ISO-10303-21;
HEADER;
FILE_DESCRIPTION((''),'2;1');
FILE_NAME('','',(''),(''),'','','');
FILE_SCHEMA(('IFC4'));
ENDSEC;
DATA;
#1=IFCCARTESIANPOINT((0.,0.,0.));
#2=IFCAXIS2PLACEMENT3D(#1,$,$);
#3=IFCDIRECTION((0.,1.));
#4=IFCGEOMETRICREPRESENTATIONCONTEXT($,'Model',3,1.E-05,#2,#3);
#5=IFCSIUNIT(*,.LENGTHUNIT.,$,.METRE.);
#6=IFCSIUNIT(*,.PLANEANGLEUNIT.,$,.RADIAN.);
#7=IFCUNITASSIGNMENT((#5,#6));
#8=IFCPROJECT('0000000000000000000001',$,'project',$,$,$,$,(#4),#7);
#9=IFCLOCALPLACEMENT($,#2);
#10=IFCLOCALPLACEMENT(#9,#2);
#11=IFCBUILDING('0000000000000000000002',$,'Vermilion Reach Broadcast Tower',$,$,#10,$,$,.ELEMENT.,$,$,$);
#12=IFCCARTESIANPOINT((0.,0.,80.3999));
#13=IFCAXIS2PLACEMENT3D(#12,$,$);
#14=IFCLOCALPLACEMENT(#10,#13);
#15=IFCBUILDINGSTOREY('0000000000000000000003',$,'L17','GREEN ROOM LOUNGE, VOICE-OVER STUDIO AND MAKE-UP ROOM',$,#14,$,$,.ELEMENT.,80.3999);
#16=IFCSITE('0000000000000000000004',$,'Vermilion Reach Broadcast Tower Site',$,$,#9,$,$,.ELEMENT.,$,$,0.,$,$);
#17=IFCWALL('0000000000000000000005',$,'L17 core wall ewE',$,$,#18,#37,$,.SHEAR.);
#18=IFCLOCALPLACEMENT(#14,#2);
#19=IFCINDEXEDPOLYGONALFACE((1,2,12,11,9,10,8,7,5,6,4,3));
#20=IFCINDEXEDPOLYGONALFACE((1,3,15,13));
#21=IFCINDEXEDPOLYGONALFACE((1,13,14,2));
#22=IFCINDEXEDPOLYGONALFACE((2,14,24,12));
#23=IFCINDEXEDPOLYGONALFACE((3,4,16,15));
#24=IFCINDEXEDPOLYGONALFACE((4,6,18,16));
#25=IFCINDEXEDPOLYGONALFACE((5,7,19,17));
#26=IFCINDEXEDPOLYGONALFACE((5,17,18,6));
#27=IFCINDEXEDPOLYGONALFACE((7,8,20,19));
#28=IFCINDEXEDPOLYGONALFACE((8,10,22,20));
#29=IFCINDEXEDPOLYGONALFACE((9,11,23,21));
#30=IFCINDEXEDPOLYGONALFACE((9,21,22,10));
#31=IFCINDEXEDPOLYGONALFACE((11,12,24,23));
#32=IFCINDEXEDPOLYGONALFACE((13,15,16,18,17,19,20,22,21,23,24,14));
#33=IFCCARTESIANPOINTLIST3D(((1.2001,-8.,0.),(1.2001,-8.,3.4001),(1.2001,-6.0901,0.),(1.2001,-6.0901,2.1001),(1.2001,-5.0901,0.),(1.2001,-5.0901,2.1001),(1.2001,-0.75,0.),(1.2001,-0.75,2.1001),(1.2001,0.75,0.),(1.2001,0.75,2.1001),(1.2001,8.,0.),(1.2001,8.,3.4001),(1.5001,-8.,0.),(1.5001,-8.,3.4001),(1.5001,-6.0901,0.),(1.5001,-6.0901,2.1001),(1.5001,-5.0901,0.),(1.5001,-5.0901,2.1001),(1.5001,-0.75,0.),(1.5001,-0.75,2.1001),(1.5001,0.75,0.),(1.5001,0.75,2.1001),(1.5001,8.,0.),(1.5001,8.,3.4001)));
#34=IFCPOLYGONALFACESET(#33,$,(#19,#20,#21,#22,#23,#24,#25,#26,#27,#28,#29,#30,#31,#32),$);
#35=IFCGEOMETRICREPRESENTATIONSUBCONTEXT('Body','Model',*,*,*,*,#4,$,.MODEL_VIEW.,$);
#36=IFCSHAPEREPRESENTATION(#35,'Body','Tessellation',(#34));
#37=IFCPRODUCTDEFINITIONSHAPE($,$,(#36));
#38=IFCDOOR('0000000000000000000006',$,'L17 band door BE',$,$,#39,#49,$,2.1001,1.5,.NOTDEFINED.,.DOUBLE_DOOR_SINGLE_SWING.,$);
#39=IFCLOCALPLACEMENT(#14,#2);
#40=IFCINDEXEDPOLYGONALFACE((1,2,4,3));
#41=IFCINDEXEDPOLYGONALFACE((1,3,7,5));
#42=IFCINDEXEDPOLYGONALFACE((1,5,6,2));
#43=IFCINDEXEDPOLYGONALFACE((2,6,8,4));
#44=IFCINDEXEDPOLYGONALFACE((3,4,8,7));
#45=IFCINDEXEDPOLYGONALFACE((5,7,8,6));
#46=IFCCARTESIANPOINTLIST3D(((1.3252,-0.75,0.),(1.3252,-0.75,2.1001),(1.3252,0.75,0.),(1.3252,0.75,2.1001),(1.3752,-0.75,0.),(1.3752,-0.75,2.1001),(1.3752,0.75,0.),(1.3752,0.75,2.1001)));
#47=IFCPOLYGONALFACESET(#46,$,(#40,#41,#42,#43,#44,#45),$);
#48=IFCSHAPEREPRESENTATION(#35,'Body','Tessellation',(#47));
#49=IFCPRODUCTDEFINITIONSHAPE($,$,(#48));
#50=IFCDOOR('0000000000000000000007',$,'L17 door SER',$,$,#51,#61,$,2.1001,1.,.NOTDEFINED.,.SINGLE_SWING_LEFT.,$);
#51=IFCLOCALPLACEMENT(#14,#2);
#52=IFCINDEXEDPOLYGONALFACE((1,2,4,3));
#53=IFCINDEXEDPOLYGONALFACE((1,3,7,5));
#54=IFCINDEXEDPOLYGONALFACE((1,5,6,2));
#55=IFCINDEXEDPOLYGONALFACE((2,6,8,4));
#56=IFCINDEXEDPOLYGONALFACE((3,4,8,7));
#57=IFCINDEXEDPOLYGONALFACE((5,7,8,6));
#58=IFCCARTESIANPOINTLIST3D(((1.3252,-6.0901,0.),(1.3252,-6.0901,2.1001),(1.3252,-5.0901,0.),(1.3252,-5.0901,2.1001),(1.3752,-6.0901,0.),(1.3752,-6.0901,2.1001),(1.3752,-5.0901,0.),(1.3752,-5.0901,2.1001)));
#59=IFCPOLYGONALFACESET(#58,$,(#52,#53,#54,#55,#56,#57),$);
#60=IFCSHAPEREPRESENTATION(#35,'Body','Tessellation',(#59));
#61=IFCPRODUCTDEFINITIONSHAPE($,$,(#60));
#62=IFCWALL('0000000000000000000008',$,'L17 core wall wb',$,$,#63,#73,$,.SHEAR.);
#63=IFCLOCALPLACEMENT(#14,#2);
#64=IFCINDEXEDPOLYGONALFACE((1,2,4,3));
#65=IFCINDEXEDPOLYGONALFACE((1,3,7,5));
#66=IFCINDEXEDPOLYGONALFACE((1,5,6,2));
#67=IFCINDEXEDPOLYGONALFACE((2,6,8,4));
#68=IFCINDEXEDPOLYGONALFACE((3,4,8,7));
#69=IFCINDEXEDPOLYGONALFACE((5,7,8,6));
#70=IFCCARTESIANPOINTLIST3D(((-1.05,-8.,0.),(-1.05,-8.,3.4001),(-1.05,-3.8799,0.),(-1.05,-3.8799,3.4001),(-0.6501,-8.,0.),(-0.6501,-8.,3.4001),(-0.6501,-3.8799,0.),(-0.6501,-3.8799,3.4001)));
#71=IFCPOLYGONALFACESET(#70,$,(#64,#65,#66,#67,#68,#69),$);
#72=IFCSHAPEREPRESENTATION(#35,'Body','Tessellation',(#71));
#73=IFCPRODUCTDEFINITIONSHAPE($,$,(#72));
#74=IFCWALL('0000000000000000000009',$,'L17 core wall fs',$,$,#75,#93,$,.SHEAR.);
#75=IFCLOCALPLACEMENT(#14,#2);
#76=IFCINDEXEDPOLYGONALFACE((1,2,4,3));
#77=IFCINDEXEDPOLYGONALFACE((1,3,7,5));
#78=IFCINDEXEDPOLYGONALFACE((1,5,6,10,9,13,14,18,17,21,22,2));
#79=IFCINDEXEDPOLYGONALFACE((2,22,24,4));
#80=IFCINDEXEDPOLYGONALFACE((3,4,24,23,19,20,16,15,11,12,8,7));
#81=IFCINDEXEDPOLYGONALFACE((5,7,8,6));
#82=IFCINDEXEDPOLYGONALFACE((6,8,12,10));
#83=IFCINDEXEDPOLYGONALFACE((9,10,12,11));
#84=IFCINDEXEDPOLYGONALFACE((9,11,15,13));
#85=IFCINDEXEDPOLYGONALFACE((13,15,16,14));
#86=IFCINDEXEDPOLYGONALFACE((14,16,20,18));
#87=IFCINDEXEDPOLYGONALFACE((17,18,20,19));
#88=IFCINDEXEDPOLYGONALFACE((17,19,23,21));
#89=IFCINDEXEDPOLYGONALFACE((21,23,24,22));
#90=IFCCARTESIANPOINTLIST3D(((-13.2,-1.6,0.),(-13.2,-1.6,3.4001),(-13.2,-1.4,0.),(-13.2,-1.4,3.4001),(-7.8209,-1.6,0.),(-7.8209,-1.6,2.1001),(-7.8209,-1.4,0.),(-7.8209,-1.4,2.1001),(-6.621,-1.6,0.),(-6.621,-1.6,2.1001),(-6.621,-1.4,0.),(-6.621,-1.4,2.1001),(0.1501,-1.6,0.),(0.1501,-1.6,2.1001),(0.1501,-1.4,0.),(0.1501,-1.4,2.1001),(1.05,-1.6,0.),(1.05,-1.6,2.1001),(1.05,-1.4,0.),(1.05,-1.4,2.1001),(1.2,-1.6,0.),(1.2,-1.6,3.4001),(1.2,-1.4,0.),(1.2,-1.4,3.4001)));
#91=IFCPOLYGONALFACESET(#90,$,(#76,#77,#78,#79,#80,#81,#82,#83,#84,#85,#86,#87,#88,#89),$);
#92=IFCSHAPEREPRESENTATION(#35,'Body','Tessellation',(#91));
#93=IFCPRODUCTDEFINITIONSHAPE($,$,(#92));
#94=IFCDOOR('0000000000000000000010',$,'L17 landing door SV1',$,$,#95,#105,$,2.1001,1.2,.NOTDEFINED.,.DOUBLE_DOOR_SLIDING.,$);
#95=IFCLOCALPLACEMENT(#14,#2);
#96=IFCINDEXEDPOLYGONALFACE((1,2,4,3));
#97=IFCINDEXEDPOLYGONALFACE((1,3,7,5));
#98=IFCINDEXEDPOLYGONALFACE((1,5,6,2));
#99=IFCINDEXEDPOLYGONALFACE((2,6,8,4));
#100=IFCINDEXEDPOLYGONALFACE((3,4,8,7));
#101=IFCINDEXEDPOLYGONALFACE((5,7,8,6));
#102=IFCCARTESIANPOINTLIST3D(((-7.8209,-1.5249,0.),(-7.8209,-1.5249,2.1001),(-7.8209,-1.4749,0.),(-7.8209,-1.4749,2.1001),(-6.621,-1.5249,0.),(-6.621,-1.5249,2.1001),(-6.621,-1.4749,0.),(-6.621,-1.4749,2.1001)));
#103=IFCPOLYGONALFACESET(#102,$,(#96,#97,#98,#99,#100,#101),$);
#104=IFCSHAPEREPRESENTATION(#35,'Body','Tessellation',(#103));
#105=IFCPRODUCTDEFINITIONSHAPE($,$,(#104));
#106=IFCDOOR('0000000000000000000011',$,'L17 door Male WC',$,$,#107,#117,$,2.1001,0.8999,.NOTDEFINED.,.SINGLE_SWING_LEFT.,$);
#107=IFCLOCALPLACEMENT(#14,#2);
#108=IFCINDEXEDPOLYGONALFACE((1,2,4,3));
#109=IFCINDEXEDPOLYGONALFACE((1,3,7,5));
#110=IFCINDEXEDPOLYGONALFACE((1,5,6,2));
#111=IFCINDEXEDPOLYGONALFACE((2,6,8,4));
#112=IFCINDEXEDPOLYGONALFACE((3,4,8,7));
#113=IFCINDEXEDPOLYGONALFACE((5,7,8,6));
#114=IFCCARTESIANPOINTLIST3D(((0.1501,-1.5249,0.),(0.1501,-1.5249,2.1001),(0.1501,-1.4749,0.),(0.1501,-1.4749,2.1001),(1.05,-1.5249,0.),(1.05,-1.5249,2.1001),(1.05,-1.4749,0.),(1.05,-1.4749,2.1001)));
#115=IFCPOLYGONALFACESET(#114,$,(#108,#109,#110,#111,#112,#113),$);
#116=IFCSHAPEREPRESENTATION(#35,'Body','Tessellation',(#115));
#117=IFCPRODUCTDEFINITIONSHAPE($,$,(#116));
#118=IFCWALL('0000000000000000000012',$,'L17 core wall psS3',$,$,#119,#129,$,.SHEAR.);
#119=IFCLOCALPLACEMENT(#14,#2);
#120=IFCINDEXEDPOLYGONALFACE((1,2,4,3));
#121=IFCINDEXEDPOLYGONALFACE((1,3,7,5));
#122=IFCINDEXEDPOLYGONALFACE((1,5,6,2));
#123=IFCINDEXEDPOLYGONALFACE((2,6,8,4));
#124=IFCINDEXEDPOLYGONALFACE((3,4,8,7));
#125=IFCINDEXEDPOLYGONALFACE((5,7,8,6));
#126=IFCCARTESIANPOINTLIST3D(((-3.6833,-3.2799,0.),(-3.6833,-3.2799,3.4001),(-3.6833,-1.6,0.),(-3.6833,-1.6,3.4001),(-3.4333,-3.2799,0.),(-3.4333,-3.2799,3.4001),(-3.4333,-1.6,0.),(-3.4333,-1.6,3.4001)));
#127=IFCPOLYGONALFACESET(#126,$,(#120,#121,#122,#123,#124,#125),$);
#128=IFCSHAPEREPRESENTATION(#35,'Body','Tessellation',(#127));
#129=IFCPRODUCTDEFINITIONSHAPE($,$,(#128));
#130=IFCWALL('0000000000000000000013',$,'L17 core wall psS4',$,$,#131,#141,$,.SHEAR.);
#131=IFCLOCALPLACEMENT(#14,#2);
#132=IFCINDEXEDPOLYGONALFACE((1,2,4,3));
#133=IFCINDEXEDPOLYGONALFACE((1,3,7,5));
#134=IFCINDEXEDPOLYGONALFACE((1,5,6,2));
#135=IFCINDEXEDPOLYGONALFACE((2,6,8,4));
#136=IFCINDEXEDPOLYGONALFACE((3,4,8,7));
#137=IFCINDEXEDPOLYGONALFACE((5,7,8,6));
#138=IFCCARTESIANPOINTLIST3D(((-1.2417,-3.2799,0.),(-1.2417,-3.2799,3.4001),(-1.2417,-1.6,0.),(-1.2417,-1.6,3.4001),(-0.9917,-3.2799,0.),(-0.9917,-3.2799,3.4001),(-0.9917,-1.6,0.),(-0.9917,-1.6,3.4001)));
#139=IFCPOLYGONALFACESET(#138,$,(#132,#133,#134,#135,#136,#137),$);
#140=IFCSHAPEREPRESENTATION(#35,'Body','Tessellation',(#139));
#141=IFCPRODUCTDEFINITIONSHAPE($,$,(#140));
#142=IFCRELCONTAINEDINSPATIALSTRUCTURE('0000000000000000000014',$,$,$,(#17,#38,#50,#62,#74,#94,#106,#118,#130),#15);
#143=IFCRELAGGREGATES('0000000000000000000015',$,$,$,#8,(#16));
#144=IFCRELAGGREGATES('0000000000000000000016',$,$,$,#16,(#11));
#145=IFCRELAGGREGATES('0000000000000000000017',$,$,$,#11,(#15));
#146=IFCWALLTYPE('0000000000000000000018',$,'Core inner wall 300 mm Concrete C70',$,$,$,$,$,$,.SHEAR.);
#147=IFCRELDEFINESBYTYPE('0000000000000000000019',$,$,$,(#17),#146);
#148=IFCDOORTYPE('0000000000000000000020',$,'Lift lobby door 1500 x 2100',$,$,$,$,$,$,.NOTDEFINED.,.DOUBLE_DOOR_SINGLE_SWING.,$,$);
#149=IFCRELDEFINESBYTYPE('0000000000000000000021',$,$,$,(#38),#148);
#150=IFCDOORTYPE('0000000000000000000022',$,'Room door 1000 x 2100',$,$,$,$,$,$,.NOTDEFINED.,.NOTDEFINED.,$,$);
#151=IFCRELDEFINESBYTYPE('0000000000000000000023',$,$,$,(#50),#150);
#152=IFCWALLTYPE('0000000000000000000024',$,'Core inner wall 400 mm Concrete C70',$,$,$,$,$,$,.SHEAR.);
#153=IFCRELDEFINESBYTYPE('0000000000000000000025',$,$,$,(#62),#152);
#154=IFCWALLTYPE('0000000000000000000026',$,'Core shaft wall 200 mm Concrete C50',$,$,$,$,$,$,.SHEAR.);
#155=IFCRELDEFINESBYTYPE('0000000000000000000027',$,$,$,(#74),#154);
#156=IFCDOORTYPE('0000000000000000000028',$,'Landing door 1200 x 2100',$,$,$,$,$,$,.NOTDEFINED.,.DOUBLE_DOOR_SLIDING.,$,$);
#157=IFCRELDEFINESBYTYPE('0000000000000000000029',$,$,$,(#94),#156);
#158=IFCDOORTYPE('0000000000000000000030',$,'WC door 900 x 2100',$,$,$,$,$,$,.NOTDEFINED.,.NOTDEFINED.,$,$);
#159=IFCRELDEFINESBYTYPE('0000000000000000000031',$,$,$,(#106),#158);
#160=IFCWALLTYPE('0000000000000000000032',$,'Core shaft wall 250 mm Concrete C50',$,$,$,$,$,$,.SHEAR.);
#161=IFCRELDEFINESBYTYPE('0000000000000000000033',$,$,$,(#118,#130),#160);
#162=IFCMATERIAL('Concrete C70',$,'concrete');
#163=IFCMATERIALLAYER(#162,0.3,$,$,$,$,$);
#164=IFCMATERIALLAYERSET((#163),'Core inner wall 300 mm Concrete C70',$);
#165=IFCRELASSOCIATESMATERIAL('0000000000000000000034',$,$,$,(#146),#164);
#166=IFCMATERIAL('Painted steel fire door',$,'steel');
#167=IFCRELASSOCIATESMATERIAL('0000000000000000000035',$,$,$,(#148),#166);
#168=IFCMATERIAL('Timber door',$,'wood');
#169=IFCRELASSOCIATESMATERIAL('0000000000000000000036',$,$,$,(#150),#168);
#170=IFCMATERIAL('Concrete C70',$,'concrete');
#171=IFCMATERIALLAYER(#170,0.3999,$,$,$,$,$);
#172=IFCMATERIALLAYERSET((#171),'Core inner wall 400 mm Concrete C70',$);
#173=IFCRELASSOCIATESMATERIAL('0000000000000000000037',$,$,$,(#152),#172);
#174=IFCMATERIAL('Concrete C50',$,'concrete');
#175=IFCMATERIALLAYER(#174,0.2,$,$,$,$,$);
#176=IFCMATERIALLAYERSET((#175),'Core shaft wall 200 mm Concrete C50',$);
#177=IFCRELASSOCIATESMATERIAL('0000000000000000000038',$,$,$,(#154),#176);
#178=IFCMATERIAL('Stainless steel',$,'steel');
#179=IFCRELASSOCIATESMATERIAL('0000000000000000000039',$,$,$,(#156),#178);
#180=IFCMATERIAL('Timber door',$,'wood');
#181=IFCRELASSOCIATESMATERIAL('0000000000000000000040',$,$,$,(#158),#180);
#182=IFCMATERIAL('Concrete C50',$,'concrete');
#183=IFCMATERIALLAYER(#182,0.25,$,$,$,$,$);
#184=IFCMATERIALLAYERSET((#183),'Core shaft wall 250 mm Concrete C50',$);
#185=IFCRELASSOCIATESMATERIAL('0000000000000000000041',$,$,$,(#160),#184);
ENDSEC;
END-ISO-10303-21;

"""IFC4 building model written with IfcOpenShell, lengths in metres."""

from ifc_helpers import new_model, si_unit, direction, frame, frame_2d, origin, place, context, subcontext, project, spatial, rectangle, extrude, material, layer, layer_set, type_object, element, fill, save


model = new_model("IFC4")

# Units and contexts
model_context = context("Model", 3, precision=1e-05, world=origin(), true_north=direction((0.0, 1.0)))
body_context = subcontext(model_context, "Body", "Model", "MODEL_VIEW")
ifc_project = project(units=[si_unit("LENGTHUNIT", "METRE"), si_unit("PLANEANGLEUNIT", "RADIAN")], contexts=[model_context])

# Site, building, storey
site_placement = place(None, origin())
site = spatial("IfcSite", under=ifc_project, at=site_placement, Name="Vermilion Reach Broadcast Tower Site", CompositionType="ELEMENT", RefElevation=0.0)
building_placement = place(site_placement, origin())
building = spatial("IfcBuilding", under=site, at=building_placement, Name="Vermilion Reach Broadcast Tower", CompositionType="ELEMENT")
storey_placement = place(building_placement, frame((0.0, 0.0, 80.3999)))
storey = spatial("IfcBuildingStorey", under=building, at=storey_placement, Name="L17", Description="GREEN ROOM LOUNGE, VOICE-OVER STUDIO AND MAKE-UP ROOM", CompositionType="ELEMENT", Elevation=80.3999)

# Wall, openings, doors
ifc_material_1 = material(Name="Concrete C70", Category="concrete")
ifc_layer_1 = layer(ifc_material_1, 0.3)
ifc_layer_set_1 = layer_set([ifc_layer_1], Name="Core inner wall 300 mm Concrete C70")
wall_type_1 = type_object("IfcWallType", Name="Core inner wall 300 mm Concrete C70", PredefinedType="SHEAR", material=ifc_layer_set_1)
wall_1_placement = place(storey_placement, frame((1.3501, -8.0, 0.0), z_axis=(0.0, 0.0, 1.0), x_axis=(0.0, 1.0, 0.0)))
wall_1 = element("IfcWall", 1, at=wall_1_placement, inside=storey, type_object=wall_type_1, Name="L17 core wall ewE", PredefinedType="SHEAR", context=body_context, shape_type="SweptSolid", body=[
    extrude(rectangle(XDim=16.0, YDim=0.3, at=frame_2d((8.0, 0.0))), origin(), (0.0, 0.0, 1.0), 3.4001),
])
opening_1_placement = place(wall_1_placement, frame((1.9099, 0.0, 0.0)))
opening_1 = element("IfcOpeningElement", 2, at=opening_1_placement, cuts=wall_1, PredefinedType="OPENING", context=body_context, shape_type="SweptSolid", body=[
    extrude(rectangle(XDim=1.0, YDim=2.1001, at=frame_2d((0.5, 1.05))), frame((0.0, 0.1599, 0.0), z_axis=(0.0, -1.0, 0.0), x_axis=(1.0, 0.0, 0.0)), (0.0, 0.0, 1.0), 0.3201),
])
opening_2_placement = place(wall_1_placement, frame((7.25, 0.0, 0.0)))
opening_2 = element("IfcOpeningElement", 3, at=opening_2_placement, cuts=wall_1, PredefinedType="OPENING", context=body_context, shape_type="SweptSolid", body=[
    extrude(rectangle(XDim=1.5, YDim=2.1001, at=frame_2d((0.75, 1.05))), frame((0.0, 0.1599, 0.0), z_axis=(0.0, -1.0, 0.0), x_axis=(1.0, 0.0, 0.0)), (0.0, 0.0, 1.0), 0.3201),
])
ifc_material_2 = material(Name="Painted steel fire door", Category="steel")
door_type_1 = type_object("IfcDoorType", Name="Lift lobby door 1500 x 2100", OperationType="DOUBLE_DOOR_SINGLE_SWING", PredefinedType="NOTDEFINED", material=ifc_material_2)
door_1_placement = place(opening_2_placement, origin())
door_1 = element("IfcDoor", 4, at=door_1_placement, inside=storey, type_object=door_type_1, Name="L17 band door BE", OperationType="DOUBLE_DOOR_SINGLE_SWING", OverallHeight=2.1001, OverallWidth=1.5, PredefinedType="NOTDEFINED", context=body_context, shape_type="SweptSolid", body=[
    extrude(rectangle(XDim=1.5, YDim=2.1001, at=frame_2d((0.75, 1.05))), frame((0.0, 0.0249, 0.0), z_axis=(0.0, -1.0, 0.0), x_axis=(1.0, 0.0, 0.0)), (0.0, 0.0, 1.0), 0.05),
])
fill(opening_2, door_1)
ifc_material_3 = material(Name="Timber door", Category="wood")
door_type_2 = type_object("IfcDoorType", Name="Room door 1000 x 2100", OperationType="NOTDEFINED", PredefinedType="NOTDEFINED", material=ifc_material_3)
door_2_placement = place(opening_1_placement, origin())
door_2 = element("IfcDoor", 5, at=door_2_placement, inside=storey, type_object=door_type_2, Name="L17 door SER", OperationType="SINGLE_SWING_LEFT", OverallHeight=2.1001, OverallWidth=1.0, PredefinedType="NOTDEFINED", context=body_context, shape_type="SweptSolid", body=[
    extrude(rectangle(XDim=1.0, YDim=2.1001, at=frame_2d((0.5, 1.05))), frame((0.0, 0.0249, 0.0), z_axis=(0.0, -1.0, 0.0), x_axis=(1.0, 0.0, 0.0)), (0.0, 0.0, 1.0), 0.05),
])
fill(opening_1, door_2)

# Wall
ifc_material_4 = material(Name="Concrete C70", Category="concrete")
ifc_layer_2 = layer(ifc_material_4, 0.3999)
ifc_layer_set_2 = layer_set([ifc_layer_2], Name="Core inner wall 400 mm Concrete C70")
wall_type_2 = type_object("IfcWallType", Name="Core inner wall 400 mm Concrete C70", PredefinedType="SHEAR", material=ifc_layer_set_2)
wall_2_placement = place(storey_placement, frame((-0.8501, -3.8799, 0.0), z_axis=(0.0, 0.0, 1.0), x_axis=(0.0, -1.0, 0.0)))
element("IfcWall", 6, at=wall_2_placement, inside=storey, type_object=wall_type_2, Name="L17 core wall wb", PredefinedType="SHEAR", context=body_context, shape_type="SweptSolid", body=[
    extrude(rectangle(XDim=4.1201, YDim=0.3999, at=frame_2d((2.0601, 0.0))), origin(), (0.0, 0.0, 1.0), 3.4001),
])

# Wall, openings, doors
ifc_material_5 = material(Name="Concrete C50", Category="concrete")
ifc_layer_3 = layer(ifc_material_5, 0.2)
ifc_layer_set_3 = layer_set([ifc_layer_3], Name="Core shaft wall 200 mm Concrete C50")
wall_type_3 = type_object("IfcWallType", Name="Core shaft wall 200 mm Concrete C50", PredefinedType="SHEAR", material=ifc_layer_set_3)
wall_3_placement = place(storey_placement, frame((1.2, -1.5, 0.0), z_axis=(0.0, 0.0, 1.0), x_axis=(-1.0, 0.0, 0.0)))
wall_3 = element("IfcWall", 7, at=wall_3_placement, inside=storey, type_object=wall_type_3, Name="L17 core wall fs", PredefinedType="SHEAR", context=body_context, shape_type="SweptSolid", body=[
    extrude(rectangle(XDim=14.3999, YDim=0.2, at=frame_2d((7.2, 0.0))), origin(), (0.0, 0.0, 1.0), 3.4001),
])
opening_3_placement = place(wall_3_placement, frame((7.8208, 0.0, 0.0)))
opening_3 = element("IfcOpeningElement", 8, at=opening_3_placement, cuts=wall_3, PredefinedType="OPENING", context=body_context, shape_type="SweptSolid", body=[
    extrude(rectangle(XDim=1.2, YDim=2.1001, at=frame_2d((0.6001, 1.05))), frame((0.0, 0.1099, 0.0), z_axis=(0.0, -1.0, 0.0), x_axis=(1.0, 0.0, 0.0)), (0.0, 0.0, 1.0), 0.22),
])
opening_4_placement = place(wall_3_placement, frame((0.1499, 0.0, 0.0)))
opening_4 = element("IfcOpeningElement", 9, at=opening_4_placement, cuts=wall_3, PredefinedType="OPENING", context=body_context, shape_type="SweptSolid", body=[
    extrude(rectangle(XDim=0.8999, YDim=2.1001, at=frame_2d((0.45, 1.05))), frame((0.0, 0.1099, 0.0), z_axis=(0.0, -1.0, 0.0), x_axis=(1.0, 0.0, 0.0)), (0.0, 0.0, 1.0), 0.22),
])
ifc_material_6 = material(Name="Stainless steel", Category="steel")
door_type_3 = type_object("IfcDoorType", Name="Landing door 1200 x 2100", OperationType="DOUBLE_DOOR_SLIDING", PredefinedType="NOTDEFINED", material=ifc_material_6)
door_3_placement = place(opening_3_placement, origin())
door_3 = element("IfcDoor", 10, at=door_3_placement, inside=storey, type_object=door_type_3, Name="L17 landing door SV1", OperationType="DOUBLE_DOOR_SLIDING", OverallHeight=2.1001, OverallWidth=1.2, PredefinedType="NOTDEFINED", context=body_context, shape_type="SweptSolid", body=[
    extrude(rectangle(XDim=1.2, YDim=2.1001, at=frame_2d((0.6001, 1.05))), frame((0.0, 0.0249, 0.0), z_axis=(0.0, -1.0, 0.0), x_axis=(1.0, 0.0, 0.0)), (0.0, 0.0, 1.0), 0.05),
])
fill(opening_3, door_3)
ifc_material_7 = material(Name="Timber door", Category="wood")
door_type_4 = type_object("IfcDoorType", Name="WC door 900 x 2100", OperationType="NOTDEFINED", PredefinedType="NOTDEFINED", material=ifc_material_7)
door_4_placement = place(opening_4_placement, origin())
door_4 = element("IfcDoor", 11, at=door_4_placement, inside=storey, type_object=door_type_4, Name="L17 door Male WC", OperationType="SINGLE_SWING_LEFT", OverallHeight=2.1001, OverallWidth=0.8999, PredefinedType="NOTDEFINED", context=body_context, shape_type="SweptSolid", body=[
    extrude(rectangle(XDim=0.8999, YDim=2.1001, at=frame_2d((0.45, 1.05))), frame((0.0, 0.0249, 0.0), z_axis=(0.0, -1.0, 0.0), x_axis=(1.0, 0.0, 0.0)), (0.0, 0.0, 1.0), 0.05),
])
fill(opening_4, door_4)

# Walls
ifc_material_8 = material(Name="Concrete C50", Category="concrete")
ifc_layer_4 = layer(ifc_material_8, 0.25)
ifc_layer_set_4 = layer_set([ifc_layer_4], Name="Core shaft wall 250 mm Concrete C50")
wall_type_4 = type_object("IfcWallType", Name="Core shaft wall 250 mm Concrete C50", PredefinedType="SHEAR", material=ifc_layer_set_4)
for number, where, z_axis, x_axis, name in (
    (12, (-3.5583, -1.6001, 0.0), (0.0, 0.0, 1.0), (0.0, -1.0, 0.0), "L17 core wall psS3"),
    (13, (-1.1167, -1.6001, 0.0), (0.0, 0.0, 1.0), (0.0, -1.0, 0.0), "L17 core wall psS4"),
):
    element("IfcWall", number, at=place(storey_placement, frame(where, z_axis=z_axis, x_axis=x_axis)), inside=storey, type_object=wall_type_4, Name=name, PredefinedType="SHEAR", context=body_context, shape_type="SweptSolid", body=[
        extrude(rectangle(XDim=1.6799, YDim=0.25, at=frame_2d((0.8398, 0.0))), origin(), (0.0, 0.0, 1.0), 3.4001),
    ])

save(model, "model.ifc")
